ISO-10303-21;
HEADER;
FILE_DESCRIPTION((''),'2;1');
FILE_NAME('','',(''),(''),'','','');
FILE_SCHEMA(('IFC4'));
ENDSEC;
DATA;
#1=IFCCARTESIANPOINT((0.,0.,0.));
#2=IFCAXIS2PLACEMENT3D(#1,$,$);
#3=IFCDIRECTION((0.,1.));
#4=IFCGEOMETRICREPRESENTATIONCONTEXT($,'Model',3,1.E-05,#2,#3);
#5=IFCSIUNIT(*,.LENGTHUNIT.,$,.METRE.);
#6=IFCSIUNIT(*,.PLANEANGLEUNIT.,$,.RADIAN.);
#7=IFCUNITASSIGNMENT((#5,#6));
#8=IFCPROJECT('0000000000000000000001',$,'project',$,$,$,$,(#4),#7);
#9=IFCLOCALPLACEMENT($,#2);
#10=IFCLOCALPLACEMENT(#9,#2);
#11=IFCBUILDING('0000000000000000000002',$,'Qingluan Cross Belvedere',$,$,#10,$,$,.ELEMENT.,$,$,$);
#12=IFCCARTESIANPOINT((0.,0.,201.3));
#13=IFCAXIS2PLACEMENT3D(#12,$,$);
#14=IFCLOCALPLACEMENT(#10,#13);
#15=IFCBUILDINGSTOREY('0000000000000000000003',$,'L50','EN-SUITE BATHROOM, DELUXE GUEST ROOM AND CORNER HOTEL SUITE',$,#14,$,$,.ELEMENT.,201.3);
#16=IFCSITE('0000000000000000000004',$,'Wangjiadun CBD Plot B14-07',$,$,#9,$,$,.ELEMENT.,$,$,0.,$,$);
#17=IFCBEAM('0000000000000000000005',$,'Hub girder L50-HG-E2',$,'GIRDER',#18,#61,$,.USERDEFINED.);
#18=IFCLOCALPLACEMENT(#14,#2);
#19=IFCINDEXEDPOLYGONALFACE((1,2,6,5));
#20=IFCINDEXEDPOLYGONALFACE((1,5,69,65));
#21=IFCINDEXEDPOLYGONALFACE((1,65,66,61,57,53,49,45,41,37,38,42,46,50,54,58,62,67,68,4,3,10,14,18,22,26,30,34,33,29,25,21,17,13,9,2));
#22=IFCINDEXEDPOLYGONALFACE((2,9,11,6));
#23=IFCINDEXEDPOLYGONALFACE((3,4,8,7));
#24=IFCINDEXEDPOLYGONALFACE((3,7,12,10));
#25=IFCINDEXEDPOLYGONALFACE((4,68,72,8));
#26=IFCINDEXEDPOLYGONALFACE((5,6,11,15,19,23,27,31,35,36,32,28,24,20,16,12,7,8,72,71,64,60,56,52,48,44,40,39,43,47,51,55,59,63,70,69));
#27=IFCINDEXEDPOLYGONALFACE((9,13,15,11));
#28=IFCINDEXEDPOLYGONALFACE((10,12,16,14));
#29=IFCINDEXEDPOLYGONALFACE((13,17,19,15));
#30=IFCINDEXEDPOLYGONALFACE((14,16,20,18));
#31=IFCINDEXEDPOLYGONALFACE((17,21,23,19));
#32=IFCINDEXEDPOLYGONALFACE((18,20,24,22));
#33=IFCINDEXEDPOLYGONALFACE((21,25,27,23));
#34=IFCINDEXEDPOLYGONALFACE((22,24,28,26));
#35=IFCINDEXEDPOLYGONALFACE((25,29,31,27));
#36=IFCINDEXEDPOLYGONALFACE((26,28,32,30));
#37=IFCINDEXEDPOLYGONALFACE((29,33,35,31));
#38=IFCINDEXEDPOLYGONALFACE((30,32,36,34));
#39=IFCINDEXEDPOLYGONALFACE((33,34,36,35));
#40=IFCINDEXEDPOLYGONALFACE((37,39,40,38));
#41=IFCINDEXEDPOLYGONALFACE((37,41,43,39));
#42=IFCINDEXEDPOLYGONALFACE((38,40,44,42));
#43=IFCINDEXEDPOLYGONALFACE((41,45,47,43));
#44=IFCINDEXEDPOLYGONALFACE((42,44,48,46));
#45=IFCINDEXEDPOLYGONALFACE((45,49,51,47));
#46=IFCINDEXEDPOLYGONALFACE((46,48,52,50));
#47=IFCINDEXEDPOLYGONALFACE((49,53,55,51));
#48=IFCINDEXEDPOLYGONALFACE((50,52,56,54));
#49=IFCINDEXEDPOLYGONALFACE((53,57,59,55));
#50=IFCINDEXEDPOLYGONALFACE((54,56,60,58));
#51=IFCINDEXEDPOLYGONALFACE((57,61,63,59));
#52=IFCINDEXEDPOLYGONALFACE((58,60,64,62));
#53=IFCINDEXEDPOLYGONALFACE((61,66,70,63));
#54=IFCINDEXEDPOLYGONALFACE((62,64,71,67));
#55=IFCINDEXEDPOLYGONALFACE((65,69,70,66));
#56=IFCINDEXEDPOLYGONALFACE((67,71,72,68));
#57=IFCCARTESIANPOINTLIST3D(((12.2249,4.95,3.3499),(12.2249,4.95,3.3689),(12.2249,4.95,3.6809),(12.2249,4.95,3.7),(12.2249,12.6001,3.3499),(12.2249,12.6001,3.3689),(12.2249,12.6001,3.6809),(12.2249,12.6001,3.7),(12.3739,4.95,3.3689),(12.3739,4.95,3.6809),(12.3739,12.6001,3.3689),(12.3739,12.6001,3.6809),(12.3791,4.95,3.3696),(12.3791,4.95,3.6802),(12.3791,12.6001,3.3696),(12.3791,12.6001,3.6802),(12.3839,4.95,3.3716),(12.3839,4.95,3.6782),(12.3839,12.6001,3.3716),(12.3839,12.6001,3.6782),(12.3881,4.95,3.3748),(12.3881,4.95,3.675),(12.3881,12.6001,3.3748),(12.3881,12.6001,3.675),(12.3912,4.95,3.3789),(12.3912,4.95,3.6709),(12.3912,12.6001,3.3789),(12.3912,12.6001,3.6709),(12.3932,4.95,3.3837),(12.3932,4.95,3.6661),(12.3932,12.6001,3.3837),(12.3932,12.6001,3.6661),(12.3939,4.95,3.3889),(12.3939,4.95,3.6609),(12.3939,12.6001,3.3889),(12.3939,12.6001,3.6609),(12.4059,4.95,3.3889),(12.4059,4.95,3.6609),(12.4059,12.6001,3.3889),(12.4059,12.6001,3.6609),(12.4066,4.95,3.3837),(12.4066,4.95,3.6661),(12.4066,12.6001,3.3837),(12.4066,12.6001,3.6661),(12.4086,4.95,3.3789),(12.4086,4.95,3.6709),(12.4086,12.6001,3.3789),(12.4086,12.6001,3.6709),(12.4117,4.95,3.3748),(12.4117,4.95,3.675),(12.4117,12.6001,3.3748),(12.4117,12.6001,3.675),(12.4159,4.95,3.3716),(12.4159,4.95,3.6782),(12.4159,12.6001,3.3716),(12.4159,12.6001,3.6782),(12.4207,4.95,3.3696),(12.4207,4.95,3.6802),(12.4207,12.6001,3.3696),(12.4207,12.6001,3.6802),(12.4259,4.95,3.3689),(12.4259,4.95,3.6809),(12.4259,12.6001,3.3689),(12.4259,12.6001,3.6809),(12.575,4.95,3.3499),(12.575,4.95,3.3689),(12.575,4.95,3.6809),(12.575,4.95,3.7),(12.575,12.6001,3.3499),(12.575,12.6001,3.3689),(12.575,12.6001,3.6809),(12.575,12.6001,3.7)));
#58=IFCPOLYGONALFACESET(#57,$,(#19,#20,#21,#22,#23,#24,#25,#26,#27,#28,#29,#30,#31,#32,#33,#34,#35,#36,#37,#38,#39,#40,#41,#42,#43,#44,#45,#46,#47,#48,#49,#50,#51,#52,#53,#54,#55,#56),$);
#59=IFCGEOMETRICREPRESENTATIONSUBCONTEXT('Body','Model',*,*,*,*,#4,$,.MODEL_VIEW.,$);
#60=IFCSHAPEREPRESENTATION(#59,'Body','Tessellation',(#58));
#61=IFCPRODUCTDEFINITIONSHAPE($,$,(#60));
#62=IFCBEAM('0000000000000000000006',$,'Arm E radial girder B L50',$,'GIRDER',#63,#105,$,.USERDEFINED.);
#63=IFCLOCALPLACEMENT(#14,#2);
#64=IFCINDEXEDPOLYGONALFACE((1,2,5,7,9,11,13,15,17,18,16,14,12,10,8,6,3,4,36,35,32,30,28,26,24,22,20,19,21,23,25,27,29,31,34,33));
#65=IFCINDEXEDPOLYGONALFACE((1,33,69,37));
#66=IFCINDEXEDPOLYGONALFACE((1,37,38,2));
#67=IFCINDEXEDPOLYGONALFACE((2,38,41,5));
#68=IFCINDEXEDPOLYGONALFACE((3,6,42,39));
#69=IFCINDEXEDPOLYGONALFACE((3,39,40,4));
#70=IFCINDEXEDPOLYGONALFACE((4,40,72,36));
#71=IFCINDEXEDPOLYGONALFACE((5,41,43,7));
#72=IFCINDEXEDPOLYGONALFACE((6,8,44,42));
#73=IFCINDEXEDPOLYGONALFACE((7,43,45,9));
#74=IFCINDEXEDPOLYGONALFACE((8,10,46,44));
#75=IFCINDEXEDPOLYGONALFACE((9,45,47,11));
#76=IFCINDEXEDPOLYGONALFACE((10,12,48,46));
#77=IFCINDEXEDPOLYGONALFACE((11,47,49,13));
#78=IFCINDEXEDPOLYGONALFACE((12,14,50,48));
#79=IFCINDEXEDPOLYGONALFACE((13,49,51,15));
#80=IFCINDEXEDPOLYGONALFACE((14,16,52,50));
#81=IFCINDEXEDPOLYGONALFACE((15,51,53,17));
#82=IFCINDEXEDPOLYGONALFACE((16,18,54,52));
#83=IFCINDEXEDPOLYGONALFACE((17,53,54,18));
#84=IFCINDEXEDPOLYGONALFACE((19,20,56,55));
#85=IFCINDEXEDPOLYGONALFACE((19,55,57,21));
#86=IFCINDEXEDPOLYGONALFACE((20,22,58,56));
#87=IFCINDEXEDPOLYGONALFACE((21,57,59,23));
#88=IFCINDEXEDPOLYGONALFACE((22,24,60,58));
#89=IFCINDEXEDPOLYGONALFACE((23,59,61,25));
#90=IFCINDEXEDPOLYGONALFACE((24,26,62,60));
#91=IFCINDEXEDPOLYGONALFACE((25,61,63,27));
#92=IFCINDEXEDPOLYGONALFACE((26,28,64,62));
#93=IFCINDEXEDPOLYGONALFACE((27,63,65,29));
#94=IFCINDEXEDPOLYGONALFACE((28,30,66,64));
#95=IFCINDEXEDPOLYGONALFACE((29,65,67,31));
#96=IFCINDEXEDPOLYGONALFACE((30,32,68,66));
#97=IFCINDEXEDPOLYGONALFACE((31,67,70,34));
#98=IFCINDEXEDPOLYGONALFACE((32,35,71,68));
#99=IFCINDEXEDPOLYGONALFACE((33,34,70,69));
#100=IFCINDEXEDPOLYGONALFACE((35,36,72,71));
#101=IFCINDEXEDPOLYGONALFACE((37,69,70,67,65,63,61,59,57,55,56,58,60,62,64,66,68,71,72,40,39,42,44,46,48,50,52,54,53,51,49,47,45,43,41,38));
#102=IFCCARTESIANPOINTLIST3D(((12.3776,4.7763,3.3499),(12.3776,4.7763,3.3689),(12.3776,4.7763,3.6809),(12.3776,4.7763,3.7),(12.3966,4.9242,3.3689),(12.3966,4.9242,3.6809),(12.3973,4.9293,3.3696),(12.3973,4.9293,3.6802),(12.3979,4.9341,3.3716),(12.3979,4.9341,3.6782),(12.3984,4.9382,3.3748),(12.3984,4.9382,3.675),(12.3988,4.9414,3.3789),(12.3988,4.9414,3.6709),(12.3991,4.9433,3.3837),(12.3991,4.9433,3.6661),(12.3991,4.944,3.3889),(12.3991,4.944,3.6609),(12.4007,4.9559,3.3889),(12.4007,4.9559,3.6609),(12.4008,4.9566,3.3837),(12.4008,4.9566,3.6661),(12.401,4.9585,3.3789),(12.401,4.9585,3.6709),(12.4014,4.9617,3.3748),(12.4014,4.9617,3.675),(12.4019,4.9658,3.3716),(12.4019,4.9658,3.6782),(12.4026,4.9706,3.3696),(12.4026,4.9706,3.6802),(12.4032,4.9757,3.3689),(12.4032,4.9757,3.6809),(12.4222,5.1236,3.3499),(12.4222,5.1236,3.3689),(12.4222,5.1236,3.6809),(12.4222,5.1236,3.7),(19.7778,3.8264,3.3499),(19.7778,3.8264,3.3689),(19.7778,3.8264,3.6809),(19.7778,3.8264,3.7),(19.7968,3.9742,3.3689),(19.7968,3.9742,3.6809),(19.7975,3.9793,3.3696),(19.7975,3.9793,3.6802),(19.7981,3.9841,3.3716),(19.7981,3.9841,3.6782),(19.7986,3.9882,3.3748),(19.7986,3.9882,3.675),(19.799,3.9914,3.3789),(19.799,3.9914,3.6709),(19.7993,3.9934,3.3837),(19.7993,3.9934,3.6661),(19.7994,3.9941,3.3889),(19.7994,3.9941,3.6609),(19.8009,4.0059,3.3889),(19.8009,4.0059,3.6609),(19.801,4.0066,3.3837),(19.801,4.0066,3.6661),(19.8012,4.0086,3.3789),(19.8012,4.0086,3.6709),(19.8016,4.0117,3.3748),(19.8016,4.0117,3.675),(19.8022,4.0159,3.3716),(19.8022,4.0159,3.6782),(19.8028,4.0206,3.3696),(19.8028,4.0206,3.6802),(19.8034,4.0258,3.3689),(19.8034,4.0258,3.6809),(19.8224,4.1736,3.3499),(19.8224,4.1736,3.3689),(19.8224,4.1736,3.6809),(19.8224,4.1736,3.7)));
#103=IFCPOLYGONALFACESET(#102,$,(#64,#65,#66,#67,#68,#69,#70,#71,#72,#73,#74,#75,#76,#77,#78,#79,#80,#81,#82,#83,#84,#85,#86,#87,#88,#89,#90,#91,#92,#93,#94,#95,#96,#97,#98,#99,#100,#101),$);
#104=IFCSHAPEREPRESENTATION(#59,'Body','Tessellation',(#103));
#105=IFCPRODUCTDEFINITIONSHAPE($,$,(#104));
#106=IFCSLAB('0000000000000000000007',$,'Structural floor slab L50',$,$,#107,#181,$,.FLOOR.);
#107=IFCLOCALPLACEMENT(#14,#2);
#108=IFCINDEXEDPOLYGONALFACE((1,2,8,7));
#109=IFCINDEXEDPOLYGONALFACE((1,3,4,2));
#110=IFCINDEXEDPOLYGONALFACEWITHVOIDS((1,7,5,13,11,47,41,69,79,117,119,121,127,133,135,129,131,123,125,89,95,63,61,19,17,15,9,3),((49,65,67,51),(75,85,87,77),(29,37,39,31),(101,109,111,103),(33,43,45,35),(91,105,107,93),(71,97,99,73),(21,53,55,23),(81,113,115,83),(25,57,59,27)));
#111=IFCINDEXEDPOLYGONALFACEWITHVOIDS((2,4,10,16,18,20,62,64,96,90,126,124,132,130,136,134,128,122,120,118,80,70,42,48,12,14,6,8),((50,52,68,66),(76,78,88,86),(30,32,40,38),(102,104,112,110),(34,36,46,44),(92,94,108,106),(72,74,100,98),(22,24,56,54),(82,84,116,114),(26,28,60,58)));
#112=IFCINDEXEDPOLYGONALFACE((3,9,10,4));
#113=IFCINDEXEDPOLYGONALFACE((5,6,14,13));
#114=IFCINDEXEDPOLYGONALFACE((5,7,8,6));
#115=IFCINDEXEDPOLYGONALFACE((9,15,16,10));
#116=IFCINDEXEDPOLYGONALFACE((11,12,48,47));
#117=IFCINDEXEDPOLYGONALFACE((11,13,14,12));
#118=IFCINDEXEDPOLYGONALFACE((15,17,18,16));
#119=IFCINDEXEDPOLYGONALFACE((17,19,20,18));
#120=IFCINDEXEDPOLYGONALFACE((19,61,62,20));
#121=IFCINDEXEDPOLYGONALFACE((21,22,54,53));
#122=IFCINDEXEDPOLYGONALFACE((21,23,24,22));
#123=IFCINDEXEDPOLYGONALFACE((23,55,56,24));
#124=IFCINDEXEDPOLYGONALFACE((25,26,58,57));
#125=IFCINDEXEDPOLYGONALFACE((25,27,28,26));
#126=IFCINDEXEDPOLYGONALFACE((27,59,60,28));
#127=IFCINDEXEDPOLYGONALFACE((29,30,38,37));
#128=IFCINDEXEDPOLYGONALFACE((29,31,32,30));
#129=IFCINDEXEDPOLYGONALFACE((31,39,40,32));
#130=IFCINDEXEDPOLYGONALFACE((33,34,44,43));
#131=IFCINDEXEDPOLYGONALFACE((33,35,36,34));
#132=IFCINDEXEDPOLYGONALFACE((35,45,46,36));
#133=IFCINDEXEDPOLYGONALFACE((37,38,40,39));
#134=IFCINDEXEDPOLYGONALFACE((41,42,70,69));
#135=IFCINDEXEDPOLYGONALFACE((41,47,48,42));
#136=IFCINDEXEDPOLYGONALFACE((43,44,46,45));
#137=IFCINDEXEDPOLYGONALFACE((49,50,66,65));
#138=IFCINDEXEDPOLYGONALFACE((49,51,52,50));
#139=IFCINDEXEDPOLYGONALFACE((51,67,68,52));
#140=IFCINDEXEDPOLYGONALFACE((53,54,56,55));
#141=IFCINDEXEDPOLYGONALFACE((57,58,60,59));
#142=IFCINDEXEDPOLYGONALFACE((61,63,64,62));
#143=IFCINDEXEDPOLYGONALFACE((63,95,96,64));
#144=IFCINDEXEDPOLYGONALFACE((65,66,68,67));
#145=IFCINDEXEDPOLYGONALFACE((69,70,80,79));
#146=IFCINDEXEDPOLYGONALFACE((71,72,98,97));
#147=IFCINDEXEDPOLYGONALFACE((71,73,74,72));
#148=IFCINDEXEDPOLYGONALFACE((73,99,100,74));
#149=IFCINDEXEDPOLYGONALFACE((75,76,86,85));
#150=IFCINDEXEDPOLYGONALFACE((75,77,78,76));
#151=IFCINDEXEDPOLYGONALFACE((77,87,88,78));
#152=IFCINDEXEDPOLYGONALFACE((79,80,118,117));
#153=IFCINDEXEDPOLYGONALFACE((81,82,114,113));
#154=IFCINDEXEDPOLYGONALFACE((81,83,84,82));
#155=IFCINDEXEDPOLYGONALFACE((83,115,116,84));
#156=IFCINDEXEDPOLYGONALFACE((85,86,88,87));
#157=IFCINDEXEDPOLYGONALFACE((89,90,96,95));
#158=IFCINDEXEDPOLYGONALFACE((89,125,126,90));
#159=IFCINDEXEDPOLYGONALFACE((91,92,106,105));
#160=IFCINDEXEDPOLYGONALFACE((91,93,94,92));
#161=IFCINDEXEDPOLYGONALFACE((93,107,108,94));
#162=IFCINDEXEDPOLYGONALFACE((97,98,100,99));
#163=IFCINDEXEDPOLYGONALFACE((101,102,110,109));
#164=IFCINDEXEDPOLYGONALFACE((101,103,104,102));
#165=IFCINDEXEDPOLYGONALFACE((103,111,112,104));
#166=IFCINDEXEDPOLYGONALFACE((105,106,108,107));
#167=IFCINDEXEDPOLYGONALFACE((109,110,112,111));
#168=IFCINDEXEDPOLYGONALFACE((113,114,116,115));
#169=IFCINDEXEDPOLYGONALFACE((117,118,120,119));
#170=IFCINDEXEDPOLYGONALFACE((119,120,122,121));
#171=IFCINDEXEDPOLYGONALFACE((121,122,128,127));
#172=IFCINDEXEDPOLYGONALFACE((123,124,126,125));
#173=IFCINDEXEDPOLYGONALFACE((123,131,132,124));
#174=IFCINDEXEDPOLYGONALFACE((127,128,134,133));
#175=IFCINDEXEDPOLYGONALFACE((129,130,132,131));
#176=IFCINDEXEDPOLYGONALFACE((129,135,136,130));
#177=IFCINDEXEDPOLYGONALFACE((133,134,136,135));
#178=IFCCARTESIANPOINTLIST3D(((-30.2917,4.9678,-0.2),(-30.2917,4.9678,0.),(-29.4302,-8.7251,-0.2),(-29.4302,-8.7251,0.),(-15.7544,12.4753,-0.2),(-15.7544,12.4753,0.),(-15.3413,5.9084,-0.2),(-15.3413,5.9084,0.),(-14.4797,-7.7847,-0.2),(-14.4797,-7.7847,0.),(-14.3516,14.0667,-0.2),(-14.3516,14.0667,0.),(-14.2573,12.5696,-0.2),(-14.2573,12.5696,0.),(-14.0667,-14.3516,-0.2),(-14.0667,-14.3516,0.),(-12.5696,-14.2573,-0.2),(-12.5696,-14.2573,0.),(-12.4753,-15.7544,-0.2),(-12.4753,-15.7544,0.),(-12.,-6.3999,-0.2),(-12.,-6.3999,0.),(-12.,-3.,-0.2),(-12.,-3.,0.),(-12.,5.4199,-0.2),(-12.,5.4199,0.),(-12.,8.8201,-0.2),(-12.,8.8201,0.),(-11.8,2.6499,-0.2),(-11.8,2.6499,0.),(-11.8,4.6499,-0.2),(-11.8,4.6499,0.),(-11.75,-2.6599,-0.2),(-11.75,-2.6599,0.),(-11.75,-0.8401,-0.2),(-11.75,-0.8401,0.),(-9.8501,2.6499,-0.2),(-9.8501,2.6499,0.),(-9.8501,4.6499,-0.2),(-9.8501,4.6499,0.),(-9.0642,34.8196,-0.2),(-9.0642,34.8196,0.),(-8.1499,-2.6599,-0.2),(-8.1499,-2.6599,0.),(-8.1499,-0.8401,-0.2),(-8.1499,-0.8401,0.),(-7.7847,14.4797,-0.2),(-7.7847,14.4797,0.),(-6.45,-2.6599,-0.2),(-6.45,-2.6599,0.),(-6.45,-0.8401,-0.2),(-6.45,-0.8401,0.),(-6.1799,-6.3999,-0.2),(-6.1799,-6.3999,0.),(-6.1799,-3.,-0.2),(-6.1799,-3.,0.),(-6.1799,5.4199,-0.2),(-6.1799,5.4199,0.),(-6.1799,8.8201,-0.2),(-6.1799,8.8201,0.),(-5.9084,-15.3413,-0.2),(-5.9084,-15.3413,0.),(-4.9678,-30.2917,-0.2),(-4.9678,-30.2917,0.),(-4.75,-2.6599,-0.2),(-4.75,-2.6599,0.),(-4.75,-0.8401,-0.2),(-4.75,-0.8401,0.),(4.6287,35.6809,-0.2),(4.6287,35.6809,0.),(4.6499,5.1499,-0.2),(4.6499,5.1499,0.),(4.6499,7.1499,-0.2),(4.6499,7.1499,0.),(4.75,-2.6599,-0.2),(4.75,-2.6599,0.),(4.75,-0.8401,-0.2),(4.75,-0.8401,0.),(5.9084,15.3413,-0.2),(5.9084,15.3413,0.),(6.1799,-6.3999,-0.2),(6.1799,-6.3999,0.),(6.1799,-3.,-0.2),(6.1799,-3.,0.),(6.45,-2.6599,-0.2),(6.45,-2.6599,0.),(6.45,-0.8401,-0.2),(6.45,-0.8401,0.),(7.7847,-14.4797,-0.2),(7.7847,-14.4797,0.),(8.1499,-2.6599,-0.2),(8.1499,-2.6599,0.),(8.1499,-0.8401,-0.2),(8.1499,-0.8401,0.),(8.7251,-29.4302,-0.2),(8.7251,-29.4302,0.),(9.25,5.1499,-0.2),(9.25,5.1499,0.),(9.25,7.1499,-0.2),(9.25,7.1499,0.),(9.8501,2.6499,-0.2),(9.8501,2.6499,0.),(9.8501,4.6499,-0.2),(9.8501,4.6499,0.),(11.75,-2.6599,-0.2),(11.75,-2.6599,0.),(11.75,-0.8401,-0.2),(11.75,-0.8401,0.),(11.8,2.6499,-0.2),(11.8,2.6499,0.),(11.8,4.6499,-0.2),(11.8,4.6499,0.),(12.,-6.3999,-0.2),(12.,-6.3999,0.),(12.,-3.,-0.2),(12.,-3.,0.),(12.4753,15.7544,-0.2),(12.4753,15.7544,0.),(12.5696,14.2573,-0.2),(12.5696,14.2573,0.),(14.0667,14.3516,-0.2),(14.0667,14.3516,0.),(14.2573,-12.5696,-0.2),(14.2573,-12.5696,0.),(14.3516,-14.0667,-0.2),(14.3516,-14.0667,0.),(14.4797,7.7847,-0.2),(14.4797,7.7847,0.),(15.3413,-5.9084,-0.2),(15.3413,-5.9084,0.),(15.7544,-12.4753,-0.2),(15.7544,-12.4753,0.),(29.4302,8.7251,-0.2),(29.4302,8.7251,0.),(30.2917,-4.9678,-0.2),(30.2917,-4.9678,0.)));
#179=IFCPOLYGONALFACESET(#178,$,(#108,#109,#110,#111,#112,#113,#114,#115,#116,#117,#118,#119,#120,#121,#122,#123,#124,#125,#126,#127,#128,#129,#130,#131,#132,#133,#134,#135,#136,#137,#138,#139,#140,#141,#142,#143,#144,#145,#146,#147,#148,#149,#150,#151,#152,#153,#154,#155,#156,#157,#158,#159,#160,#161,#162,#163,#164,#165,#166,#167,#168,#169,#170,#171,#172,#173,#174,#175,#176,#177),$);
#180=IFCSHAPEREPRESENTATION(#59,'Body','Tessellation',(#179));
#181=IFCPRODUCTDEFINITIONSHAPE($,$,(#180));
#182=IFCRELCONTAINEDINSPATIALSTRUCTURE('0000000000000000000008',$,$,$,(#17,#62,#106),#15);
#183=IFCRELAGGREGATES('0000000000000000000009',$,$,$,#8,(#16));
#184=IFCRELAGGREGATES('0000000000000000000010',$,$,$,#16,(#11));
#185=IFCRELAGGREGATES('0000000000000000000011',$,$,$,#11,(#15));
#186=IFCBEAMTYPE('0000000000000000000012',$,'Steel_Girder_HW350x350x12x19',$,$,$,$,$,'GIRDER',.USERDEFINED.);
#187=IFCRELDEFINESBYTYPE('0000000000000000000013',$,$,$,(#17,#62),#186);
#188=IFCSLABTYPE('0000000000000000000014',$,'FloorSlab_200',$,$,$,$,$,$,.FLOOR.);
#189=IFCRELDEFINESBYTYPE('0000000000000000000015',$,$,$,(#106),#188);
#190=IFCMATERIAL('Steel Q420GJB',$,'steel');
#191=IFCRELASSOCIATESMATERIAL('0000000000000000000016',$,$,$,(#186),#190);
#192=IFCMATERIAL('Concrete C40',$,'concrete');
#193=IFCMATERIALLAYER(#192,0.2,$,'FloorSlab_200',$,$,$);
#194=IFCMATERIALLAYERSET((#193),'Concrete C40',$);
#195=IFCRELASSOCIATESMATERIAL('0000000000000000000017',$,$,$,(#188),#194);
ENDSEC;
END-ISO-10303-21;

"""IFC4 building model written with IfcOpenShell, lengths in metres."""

from ifc_helpers import new_model, si_unit, direction, frame, origin, origin_2d, place, context, subcontext, project, spatial, polyline, i_section, outline, extrude, material, layer, layer_set, material_profile, profile_set, type_object, element, save


model = new_model("IFC4")

# Units and contexts
model_context = context("Model", 3, precision=1e-05, world=origin(), true_north=direction((0.0, 1.0)))
body_context = subcontext(model_context, "Body", "Model", "MODEL_VIEW")
ifc_project = project(units=[si_unit("LENGTHUNIT", "METRE"), si_unit("PLANEANGLEUNIT", "RADIAN")], contexts=[model_context])

# Site, building, storey
site_placement = place(None, origin())
site = spatial("IfcSite", under=ifc_project, at=site_placement, Name="Wangjiadun CBD Plot B14-07", CompositionType="ELEMENT", RefElevation=0.0)
building_placement = place(site_placement, origin())
building = spatial("IfcBuilding", under=site, at=building_placement, Name="Qingluan Cross Belvedere", CompositionType="ELEMENT")
storey_placement = place(building_placement, frame((0.0, 0.0, 201.3)))
storey = spatial("IfcBuildingStorey", under=building, at=storey_placement, Name="L50", Description="EN-SUITE BATHROOM, DELUXE GUEST ROOM AND CORNER HOTEL SUITE", CompositionType="ELEMENT", Elevation=201.3)

# Beams
ifc_material_1 = material(Name="Steel Q420GJB", Category="steel")
ifc_material_profile = material_profile(ifc_material_1, i_section(OverallWidth=0.3501, OverallDepth=0.3501, WebThickness=0.012, FlangeThickness=0.019, FilletRadius=0.02, at=origin_2d()), Name="HW350x350x12x19")
ifc_profile_set = profile_set([ifc_material_profile], Name="Steel Q420GJB")
beam_type = type_object("IfcBeamType", Name="Steel_Girder_HW350x350x12x19", ElementType="GIRDER", PredefinedType="USERDEFINED", material=ifc_profile_set)
beam_1_placement = place(storey_placement, frame((12.3999, 4.95, 3.5249), z_axis=(0.0, 1.0, 0.0), x_axis=(-1.0, 0.0, 0.0)))
element("IfcBeam", 1, at=beam_1_placement, inside=storey, type_object=beam_type, Name="Hub girder L50-HG-E2", ObjectType="GIRDER", PredefinedType="USERDEFINED", context=body_context, shape_type="SweptSolid", body=[
    extrude(i_section(OverallWidth=0.3501, OverallDepth=0.3501, WebThickness=0.012, FlangeThickness=0.019, FilletRadius=0.02, at=origin_2d()), origin(), (0.0, 0.0, 1.0), 7.6501),
])
beam_2_placement = place(storey_placement, frame((12.3999, 4.95, 3.5249), z_axis=(0.991861, -0.127324, 0.0), x_axis=(0.127324, 0.991861, 0.0)))
element("IfcBeam", 2, at=beam_2_placement, inside=storey, type_object=beam_type, Name="Arm E radial girder B L50", ObjectType="GIRDER", PredefinedType="USERDEFINED", context=body_context, shape_type="SweptSolid", body=[
    extrude(i_section(OverallWidth=0.3501, OverallDepth=0.3501, WebThickness=0.012, FlangeThickness=0.019, FilletRadius=0.02, at=origin_2d()), origin(), (0.0, 0.0, 1.0), 7.4609),
])

# Slab
ifc_material_2 = material(Name="Concrete C40", Category="concrete")
ifc_layer_1 = layer(ifc_material_2, 0.2, Name="FloorSlab_200")
ifc_layer_set_1 = layer_set([ifc_layer_1], Name="Concrete C40")
slab_type_1 = type_object("IfcSlabType", Name="FloorSlab_200", PredefinedType="FLOOR", material=ifc_layer_set_1)
slab_1_placement = place(storey_placement, frame((0.0, 0.0, -0.2)))
element("IfcSlab", 3, at=slab_1_placement, inside=storey, type_object=slab_type_1, Name="Structural floor slab L50", PredefinedType="FLOOR", context=body_context, shape_type="SweptSolid", body=[
    extrude(outline(polyline([(8.7251, -29.4302), (7.7847, -14.4797), (14.3516, -14.0667), (14.2573, -12.5696), (15.7544, -12.4753), (15.3413, -5.9084), (30.2917, -4.9678), (29.4302, 8.7251), (14.4797, 7.7847), (14.0667, 14.3516), (12.5696, 14.2573), (12.4753, 15.7544), (5.9084, 15.3413), (4.6287, 35.6809), (-9.0642, 34.8196), (-7.7847, 14.4797), (-14.3516, 14.0667), (-14.2573, 12.5696), (-15.7544, 12.4753), (-15.3413, 5.9084), (-30.2917, 4.9678), (-29.4302, -8.7251), (-14.4797, -7.7847), (-14.0667, -14.3516), (-12.5696, -14.2573), (-12.4753, -15.7544), (-5.9084, -15.3413), (-4.9678, -30.2917), (8.7251, -29.4302)]), holes=[polyline([(-12.0, -3.0), (-6.1799, -3.0), (-6.1799, -6.3999), (-12.0, -6.3999), (-12.0, -3.0)]), polyline([(6.1799, -3.0), (12.0, -3.0), (12.0, -6.3999), (6.1799, -6.3999), (6.1799, -3.0)]), polyline([(-12.0, 8.8201), (-6.1799, 8.8201), (-6.1799, 5.4199), (-12.0, 5.4199), (-12.0, 8.8201)]), polyline([(-11.8, 4.6499), (-9.8501, 4.6499), (-9.8501, 2.6499), (-11.8, 2.6499), (-11.8, 4.6499)]), polyline([(9.8501, 4.6499), (11.8, 4.6499), (11.8, 2.6499), (9.8501, 2.6499), (9.8501, 4.6499)]), polyline([(-11.75, -0.8401), (-8.1499, -0.8401), (-8.1499, -2.6599), (-11.75, -2.6599), (-11.75, -0.8401)]), polyline([(-6.45, -0.8401), (-4.75, -0.8401), (-4.75, -2.6599), (-6.45, -2.6599), (-6.45, -0.8401)]), polyline([(4.75, -0.8401), (6.45, -0.8401), (6.45, -2.6599), (4.75, -2.6599), (4.75, -0.8401)]), polyline([(8.1499, -0.8401), (11.75, -0.8401), (11.75, -2.6599), (8.1499, -2.6599), (8.1499, -0.8401)]), polyline([(4.6499, 7.1499), (9.25, 7.1499), (9.25, 5.1499), (4.6499, 5.1499), (4.6499, 7.1499)])]), origin(), (0.0, 0.0, 1.0), 0.2),
])

save(model, "model.ifc")
